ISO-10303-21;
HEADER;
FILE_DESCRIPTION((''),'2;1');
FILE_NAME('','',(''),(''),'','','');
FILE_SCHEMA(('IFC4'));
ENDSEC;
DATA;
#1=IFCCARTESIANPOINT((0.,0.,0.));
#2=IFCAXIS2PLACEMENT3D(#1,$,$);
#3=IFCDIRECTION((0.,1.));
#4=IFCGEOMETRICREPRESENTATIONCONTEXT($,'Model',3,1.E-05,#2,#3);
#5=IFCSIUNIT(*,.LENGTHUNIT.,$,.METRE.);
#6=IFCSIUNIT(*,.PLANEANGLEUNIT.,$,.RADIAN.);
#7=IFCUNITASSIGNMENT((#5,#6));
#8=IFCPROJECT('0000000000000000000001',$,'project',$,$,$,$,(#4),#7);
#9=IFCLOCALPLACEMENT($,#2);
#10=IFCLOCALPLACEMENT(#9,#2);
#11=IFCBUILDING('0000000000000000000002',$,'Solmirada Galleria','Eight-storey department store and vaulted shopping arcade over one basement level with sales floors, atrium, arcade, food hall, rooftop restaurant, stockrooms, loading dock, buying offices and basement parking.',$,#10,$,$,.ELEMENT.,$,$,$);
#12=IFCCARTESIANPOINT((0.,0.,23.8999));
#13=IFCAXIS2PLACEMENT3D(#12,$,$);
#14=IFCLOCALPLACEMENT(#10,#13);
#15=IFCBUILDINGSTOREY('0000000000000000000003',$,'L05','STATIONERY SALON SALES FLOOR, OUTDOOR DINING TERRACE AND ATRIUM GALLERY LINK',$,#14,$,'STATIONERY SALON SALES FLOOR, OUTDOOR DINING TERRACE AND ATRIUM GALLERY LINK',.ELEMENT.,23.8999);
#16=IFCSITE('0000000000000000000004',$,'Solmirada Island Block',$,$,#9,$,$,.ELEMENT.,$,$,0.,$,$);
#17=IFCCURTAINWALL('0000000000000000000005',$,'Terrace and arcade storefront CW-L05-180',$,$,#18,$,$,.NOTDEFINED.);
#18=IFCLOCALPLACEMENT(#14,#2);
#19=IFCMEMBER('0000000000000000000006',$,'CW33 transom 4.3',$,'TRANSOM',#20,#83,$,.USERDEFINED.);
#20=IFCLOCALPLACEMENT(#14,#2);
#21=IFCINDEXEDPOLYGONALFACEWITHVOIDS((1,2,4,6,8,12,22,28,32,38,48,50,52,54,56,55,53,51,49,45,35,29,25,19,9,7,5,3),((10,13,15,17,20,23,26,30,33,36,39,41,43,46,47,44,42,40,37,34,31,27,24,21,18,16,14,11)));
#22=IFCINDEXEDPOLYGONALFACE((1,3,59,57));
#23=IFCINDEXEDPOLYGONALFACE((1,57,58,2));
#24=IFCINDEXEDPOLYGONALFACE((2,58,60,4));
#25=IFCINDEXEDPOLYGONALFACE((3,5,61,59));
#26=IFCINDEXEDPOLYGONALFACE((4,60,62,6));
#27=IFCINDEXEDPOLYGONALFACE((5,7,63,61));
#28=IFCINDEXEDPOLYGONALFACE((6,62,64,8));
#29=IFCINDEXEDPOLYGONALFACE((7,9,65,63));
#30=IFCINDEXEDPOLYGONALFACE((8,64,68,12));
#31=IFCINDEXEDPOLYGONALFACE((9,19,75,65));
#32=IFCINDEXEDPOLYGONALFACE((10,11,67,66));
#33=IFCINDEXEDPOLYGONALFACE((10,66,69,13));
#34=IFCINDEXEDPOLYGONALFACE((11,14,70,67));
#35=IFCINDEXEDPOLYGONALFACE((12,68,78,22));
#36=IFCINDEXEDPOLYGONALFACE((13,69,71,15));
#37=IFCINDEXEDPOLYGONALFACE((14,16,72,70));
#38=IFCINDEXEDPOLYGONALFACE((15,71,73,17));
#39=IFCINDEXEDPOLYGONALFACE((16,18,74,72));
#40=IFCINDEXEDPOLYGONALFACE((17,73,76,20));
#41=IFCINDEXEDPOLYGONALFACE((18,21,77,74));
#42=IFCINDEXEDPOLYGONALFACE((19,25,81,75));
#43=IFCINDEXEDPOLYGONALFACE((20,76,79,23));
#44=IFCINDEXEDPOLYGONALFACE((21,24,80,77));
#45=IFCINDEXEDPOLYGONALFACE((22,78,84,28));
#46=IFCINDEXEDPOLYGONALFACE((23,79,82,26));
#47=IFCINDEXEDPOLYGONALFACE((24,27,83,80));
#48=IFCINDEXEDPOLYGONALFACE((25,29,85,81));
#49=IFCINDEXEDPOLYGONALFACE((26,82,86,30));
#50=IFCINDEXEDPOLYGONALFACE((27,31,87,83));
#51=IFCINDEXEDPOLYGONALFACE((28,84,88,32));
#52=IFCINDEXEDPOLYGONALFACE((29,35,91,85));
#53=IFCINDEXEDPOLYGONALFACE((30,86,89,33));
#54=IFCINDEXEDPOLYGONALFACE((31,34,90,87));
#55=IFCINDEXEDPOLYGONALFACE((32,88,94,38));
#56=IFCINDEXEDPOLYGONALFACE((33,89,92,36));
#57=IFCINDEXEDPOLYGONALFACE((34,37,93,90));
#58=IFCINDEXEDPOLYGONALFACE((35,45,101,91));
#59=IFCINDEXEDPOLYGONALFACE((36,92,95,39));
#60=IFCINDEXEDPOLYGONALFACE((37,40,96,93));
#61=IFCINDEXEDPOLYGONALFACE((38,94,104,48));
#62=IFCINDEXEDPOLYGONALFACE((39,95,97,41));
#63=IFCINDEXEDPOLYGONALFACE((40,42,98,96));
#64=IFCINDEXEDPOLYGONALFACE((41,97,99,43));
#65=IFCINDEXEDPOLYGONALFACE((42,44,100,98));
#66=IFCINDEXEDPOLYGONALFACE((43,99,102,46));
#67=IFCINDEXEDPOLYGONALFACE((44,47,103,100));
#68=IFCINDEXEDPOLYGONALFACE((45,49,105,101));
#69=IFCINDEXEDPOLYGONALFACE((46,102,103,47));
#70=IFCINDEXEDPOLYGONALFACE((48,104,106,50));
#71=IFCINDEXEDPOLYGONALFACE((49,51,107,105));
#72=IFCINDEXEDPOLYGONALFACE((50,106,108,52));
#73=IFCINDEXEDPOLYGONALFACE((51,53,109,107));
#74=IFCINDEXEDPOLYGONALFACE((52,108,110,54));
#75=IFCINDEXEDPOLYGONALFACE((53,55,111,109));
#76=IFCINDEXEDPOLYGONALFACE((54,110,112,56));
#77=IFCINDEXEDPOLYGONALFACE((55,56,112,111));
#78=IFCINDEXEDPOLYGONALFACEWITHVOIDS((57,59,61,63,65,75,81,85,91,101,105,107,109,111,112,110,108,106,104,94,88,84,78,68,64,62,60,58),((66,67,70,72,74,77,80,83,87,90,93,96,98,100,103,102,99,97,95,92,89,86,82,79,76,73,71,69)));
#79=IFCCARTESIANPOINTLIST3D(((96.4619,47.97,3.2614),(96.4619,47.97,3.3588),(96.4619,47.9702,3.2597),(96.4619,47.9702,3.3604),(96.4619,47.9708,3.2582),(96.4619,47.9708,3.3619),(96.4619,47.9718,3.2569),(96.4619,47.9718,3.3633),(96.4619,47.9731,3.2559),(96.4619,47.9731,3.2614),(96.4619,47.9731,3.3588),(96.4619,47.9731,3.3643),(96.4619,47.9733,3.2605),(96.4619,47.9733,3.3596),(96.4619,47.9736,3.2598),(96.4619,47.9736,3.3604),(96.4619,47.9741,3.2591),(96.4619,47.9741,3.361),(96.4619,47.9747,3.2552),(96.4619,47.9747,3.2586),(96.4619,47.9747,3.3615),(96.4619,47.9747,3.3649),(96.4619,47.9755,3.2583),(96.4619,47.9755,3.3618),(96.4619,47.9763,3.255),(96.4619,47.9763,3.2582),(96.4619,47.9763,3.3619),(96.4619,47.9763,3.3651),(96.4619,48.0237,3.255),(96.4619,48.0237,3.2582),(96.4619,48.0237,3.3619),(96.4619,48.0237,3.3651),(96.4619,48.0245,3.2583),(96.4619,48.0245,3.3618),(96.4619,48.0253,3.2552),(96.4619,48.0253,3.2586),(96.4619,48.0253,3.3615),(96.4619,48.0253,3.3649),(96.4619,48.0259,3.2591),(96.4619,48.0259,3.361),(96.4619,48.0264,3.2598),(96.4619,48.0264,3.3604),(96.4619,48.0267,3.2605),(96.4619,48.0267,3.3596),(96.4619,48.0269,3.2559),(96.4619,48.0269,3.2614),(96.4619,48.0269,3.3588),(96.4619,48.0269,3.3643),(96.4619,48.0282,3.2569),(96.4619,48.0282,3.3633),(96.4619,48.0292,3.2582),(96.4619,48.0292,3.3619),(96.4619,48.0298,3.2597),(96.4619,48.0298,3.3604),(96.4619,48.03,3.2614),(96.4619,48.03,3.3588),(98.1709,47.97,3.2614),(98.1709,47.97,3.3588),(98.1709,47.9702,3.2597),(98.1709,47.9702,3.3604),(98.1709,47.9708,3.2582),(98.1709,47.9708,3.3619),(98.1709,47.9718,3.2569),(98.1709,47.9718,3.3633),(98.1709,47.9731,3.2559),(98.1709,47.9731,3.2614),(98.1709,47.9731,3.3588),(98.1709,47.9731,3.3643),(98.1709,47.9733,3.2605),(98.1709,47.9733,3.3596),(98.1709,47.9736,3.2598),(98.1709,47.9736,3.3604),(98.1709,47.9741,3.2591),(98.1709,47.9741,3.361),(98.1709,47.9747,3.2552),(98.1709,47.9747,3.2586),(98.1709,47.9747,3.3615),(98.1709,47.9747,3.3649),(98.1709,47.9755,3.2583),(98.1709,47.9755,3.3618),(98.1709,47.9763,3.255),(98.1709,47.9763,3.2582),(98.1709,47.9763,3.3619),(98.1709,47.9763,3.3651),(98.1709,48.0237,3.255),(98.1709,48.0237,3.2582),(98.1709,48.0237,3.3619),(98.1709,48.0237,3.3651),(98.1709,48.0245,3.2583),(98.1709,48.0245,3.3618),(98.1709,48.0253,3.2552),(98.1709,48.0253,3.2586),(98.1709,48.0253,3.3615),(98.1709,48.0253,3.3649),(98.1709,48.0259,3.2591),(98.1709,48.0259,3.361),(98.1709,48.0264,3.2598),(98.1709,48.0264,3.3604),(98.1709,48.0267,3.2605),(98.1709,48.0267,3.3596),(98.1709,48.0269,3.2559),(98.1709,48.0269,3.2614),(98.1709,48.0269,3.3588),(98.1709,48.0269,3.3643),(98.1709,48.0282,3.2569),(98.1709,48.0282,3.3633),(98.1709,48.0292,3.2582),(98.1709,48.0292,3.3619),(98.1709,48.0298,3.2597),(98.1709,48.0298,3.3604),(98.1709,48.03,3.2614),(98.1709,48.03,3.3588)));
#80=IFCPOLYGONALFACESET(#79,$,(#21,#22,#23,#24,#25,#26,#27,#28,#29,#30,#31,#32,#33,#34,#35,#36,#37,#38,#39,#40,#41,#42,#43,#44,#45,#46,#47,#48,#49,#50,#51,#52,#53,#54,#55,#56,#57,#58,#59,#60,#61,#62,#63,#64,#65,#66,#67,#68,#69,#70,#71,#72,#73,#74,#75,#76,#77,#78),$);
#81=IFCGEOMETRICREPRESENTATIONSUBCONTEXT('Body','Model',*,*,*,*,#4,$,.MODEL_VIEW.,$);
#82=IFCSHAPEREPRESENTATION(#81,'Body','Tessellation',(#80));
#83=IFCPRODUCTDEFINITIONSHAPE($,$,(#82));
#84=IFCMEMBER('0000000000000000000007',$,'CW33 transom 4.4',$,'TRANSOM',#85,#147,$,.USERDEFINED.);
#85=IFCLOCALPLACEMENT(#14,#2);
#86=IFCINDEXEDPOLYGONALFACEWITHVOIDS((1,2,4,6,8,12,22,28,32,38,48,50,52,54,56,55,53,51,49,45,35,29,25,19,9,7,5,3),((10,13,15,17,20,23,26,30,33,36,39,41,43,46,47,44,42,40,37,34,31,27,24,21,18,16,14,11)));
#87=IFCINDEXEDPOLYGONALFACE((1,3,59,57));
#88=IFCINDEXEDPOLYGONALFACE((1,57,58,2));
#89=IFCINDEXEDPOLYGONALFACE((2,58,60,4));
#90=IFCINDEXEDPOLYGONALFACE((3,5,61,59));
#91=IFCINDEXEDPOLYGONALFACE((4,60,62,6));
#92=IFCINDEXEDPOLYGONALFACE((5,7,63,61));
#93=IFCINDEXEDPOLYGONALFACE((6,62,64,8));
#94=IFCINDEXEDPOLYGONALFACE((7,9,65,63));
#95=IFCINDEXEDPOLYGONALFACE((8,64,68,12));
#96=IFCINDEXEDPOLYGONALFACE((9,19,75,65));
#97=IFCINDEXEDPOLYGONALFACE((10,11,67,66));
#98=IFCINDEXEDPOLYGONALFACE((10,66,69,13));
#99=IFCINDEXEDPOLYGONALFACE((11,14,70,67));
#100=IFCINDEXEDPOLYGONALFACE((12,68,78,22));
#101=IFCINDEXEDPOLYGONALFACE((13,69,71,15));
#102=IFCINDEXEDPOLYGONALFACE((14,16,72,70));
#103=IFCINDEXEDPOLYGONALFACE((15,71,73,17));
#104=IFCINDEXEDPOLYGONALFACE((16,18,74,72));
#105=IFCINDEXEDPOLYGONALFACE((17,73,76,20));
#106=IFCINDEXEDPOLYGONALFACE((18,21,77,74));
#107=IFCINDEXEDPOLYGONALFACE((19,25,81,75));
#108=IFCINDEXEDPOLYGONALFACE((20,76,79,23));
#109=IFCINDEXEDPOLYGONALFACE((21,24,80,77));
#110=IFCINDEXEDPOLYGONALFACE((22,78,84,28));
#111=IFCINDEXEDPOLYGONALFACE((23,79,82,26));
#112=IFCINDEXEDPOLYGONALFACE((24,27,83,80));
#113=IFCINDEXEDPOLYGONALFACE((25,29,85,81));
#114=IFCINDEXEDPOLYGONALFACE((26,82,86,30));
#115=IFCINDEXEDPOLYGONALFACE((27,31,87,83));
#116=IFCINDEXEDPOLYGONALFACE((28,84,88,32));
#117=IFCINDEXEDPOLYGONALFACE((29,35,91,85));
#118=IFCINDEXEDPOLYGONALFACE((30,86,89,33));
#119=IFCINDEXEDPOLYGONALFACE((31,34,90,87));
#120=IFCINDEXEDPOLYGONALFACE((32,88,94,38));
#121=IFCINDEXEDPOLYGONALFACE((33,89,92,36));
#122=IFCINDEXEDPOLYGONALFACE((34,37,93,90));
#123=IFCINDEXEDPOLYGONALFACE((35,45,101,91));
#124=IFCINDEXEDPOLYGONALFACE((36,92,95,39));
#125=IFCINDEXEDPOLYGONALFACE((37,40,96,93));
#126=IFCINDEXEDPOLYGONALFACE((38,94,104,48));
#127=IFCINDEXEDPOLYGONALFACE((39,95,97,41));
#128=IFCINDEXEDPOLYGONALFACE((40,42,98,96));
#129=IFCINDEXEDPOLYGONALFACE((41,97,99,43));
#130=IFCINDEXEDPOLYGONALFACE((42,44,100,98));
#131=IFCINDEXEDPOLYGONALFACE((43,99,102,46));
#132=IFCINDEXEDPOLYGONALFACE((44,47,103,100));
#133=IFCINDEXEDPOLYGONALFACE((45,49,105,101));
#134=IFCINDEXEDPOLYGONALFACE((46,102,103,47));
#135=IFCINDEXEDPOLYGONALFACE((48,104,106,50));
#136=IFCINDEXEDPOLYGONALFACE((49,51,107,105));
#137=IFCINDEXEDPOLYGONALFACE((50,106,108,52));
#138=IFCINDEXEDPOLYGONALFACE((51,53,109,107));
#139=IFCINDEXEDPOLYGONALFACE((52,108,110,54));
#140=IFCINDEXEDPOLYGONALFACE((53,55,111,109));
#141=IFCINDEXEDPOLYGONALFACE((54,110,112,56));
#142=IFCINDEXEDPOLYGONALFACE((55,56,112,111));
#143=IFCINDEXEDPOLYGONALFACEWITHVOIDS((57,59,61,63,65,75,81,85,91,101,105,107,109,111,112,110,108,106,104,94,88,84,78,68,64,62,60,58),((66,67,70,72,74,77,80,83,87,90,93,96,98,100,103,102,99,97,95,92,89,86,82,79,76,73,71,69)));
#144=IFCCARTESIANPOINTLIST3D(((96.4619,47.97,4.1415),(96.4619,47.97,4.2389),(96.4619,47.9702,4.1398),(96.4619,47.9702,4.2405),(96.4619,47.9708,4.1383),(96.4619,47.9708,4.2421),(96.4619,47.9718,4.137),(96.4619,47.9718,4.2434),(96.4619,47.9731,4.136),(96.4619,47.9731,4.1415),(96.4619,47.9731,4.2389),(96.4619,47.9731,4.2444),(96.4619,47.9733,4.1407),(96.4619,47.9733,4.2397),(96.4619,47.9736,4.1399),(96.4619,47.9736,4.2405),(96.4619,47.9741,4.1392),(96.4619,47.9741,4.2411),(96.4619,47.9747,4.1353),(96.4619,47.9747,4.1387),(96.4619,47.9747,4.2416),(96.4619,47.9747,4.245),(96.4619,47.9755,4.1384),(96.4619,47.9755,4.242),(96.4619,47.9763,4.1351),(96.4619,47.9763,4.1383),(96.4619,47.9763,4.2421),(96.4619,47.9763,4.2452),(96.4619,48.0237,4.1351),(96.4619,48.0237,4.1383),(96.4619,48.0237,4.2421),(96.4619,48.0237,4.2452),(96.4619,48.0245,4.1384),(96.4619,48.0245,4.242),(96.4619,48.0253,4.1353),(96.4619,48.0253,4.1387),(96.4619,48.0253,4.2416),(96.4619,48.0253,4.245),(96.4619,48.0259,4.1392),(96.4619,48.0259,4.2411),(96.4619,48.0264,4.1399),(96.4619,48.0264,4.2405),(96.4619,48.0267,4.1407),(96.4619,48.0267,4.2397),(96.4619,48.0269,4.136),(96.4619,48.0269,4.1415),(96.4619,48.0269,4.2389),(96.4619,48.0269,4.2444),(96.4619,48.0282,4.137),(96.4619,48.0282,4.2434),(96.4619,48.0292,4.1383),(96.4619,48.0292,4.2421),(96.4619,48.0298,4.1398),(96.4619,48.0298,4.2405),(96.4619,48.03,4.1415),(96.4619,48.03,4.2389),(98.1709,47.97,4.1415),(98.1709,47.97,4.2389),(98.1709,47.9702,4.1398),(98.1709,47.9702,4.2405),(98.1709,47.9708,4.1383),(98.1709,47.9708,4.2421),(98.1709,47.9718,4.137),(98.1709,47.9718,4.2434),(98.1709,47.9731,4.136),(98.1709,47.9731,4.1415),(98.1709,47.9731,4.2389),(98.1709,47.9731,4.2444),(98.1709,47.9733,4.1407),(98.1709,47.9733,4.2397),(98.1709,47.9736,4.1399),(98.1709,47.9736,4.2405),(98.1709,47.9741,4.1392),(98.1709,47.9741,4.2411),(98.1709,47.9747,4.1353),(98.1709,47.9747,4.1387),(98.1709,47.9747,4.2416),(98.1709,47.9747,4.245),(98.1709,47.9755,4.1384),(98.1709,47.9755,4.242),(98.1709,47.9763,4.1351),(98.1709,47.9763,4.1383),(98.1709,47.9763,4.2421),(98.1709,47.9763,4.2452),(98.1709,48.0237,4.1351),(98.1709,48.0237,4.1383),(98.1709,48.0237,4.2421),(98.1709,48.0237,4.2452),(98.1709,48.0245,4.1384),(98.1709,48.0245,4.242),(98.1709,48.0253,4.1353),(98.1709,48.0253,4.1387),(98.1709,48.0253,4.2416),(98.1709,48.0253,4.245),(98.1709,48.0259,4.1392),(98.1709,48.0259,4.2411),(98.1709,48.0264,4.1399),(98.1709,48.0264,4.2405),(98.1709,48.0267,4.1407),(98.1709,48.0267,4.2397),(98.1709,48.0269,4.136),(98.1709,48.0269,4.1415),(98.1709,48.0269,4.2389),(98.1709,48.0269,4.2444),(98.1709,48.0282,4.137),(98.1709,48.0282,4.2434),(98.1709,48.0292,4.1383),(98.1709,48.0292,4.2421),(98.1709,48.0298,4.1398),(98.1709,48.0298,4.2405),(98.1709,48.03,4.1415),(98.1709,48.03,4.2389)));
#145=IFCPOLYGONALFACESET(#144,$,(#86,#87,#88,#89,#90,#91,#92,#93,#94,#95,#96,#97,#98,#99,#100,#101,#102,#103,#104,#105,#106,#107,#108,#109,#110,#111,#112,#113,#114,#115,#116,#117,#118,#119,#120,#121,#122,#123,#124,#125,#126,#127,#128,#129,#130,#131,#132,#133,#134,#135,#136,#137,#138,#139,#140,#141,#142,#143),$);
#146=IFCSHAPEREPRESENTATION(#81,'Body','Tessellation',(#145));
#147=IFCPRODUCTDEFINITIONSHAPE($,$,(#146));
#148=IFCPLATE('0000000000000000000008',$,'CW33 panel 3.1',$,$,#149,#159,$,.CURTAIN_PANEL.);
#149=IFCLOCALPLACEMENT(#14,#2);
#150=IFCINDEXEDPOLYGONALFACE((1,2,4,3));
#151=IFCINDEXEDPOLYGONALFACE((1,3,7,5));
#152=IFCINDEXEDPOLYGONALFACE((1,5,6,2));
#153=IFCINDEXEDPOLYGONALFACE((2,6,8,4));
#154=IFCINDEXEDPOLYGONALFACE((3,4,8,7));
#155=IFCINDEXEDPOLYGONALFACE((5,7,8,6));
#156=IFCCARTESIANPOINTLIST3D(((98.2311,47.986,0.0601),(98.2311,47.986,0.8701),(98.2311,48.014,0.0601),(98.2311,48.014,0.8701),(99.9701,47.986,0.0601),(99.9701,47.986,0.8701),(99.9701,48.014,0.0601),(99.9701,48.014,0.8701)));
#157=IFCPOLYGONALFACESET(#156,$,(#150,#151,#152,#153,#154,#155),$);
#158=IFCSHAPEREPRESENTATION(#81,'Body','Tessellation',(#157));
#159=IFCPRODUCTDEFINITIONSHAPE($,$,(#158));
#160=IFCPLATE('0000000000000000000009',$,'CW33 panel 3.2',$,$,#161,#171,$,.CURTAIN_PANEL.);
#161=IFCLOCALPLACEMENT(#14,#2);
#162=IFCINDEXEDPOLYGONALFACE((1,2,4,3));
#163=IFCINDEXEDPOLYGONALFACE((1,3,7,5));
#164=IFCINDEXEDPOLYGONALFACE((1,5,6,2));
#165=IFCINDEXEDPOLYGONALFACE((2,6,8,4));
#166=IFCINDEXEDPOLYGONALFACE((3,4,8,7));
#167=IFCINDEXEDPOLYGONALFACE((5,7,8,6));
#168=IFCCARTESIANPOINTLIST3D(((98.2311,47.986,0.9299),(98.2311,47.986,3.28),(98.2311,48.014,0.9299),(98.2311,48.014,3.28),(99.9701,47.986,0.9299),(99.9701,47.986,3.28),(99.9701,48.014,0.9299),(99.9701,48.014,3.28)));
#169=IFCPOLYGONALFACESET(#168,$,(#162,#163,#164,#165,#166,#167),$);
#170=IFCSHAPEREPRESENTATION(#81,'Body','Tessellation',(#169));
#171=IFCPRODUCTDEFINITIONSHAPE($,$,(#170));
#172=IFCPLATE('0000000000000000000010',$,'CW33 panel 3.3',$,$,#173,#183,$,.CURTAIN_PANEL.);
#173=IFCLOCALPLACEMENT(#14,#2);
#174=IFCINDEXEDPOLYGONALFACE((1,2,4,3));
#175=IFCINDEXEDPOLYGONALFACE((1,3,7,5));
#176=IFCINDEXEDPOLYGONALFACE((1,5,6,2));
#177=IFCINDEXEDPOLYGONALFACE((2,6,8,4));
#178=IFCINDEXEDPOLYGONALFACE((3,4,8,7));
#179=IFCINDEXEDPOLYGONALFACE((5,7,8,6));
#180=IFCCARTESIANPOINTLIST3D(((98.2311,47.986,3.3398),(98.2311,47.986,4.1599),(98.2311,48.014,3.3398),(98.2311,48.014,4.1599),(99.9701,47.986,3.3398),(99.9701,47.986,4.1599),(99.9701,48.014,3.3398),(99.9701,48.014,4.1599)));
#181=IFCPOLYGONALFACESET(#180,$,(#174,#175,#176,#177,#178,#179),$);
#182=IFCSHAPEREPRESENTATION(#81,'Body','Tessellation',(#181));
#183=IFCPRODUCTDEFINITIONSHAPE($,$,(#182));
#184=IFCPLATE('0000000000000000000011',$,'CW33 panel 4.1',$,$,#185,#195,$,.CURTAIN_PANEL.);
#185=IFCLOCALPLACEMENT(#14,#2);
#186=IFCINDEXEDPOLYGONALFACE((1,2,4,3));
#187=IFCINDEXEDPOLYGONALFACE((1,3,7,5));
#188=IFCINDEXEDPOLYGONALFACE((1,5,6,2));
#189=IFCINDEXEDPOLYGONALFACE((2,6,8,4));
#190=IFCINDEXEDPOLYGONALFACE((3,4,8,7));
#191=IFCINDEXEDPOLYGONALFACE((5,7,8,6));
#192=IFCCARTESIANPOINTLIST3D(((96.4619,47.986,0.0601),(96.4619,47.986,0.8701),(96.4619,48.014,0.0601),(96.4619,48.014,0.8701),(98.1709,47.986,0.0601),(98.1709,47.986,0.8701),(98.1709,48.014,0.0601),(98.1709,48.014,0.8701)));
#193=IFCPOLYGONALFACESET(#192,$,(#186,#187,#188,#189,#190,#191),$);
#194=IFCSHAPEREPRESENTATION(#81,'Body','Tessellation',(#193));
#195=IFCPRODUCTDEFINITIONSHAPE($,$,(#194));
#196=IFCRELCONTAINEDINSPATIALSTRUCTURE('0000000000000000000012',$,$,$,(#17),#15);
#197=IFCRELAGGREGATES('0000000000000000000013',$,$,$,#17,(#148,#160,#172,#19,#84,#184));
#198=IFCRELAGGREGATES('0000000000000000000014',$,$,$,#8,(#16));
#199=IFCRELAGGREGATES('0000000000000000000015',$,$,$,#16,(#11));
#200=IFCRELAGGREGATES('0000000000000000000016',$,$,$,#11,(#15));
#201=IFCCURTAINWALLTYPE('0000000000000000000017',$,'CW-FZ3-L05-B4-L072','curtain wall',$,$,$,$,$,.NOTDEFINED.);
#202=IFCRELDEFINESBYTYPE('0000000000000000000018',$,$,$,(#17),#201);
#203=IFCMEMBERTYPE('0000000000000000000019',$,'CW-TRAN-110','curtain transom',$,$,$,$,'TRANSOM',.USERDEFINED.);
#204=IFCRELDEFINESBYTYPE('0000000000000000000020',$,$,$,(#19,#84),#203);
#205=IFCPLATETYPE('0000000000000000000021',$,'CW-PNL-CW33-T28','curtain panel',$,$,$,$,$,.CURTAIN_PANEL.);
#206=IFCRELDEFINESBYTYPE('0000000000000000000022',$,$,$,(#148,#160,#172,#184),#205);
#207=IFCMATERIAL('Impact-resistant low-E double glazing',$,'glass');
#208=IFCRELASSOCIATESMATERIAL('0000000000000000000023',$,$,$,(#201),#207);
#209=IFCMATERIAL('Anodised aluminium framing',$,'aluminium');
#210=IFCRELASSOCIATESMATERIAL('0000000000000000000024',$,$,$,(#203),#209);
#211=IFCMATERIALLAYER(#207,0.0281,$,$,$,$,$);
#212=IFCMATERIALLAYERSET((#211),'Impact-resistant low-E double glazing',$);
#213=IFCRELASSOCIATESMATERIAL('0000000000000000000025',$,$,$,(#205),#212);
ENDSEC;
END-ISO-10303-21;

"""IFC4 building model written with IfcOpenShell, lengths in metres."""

from ifc_helpers import new_model, si_unit, direction, frame, origin, origin_2d, place, context, subcontext, project, spatial, rectangle, hollow_rectangle, extrude, material, layer, layer_set, material_profile, profile_set, type_object, element, aggregate, save


model = new_model("IFC4")

# Units and contexts
model_context = context("Model", 3, precision=1e-05, world=origin(), true_north=direction((0.0, 1.0)))
body_context = subcontext(model_context, "Body", "Model", "MODEL_VIEW")
ifc_project = project(units=[si_unit("LENGTHUNIT", "METRE"), si_unit("PLANEANGLEUNIT", "RADIAN")], contexts=[model_context])

# Site, building, storey
site_placement = place(None, origin())
site = spatial("IfcSite", under=ifc_project, at=site_placement, Name="Solmirada Island Block", CompositionType="ELEMENT", RefElevation=0.0)
building_placement = place(site_placement, origin())
building = spatial("IfcBuilding", under=site, at=building_placement, Name="Solmirada Galleria", Description="Eight-storey department store and vaulted shopping arcade over one basement level with sales floors, atrium, arcade, food hall, rooftop restaurant, stockrooms, loading dock, buying offices and basement parking.", CompositionType="ELEMENT")
storey_placement = place(building_placement, frame((0.0, 0.0, 23.8999)))
storey = spatial("IfcBuildingStorey", under=building, at=storey_placement, Name="L05", Description="STATIONERY SALON SALES FLOOR, OUTDOOR DINING TERRACE AND ATRIUM GALLERY LINK", LongName="STATIONERY SALON SALES FLOOR, OUTDOOR DINING TERRACE AND ATRIUM GALLERY LINK", CompositionType="ELEMENT", Elevation=23.8999)

# Shared definitions
ifc_material_1 = material(Name="Impact-resistant low-E double glazing", Category="glass")
curtain_wall_type = type_object("IfcCurtainWallType", Name="CW-FZ3-L05-B4-L072", Description="curtain wall", PredefinedType="NOTDEFINED", material=ifc_material_1)
ifc_material_2 = material(Name="Anodised aluminium framing", Category="aluminium")

# Curtain wall, members, plates
curtain_wall_1_placement = place(storey_placement, origin())
curtain_wall_1 = element("IfcCurtainWall", 1, at=curtain_wall_1_placement, inside=storey, type_object=curtain_wall_type, Name="Terrace and arcade storefront CW-L05-180", PredefinedType="NOTDEFINED")
ifc_material_profile_1 = material_profile(ifc_material_2, hollow_rectangle(XDim=0.0601, YDim=0.1101, WallThickness=0.0032, InnerFilletRadius=0.0032, OuterFilletRadius=0.0063, at=origin_2d()), Name="ALU-TRAN-110X60")
ifc_profile_set_1 = profile_set([ifc_material_profile_1], Name="Anodised aluminium framing")
member_type_1 = type_object("IfcMemberType", Name="CW-TRAN-110", Description="curtain transom", ElementType="TRANSOM", PredefinedType="USERDEFINED", material=ifc_profile_set_1)
member_1_placement = place(storey_placement, frame((98.1709, 48.0, 3.3101), z_axis=(-1.0, 0.0, 0.0), x_axis=(0.0, -1.0, 0.0)))
member_1 = element("IfcMember", 2, at=member_1_placement, type_object=member_type_1, Name="CW33 transom 4.3", ObjectType="TRANSOM", PredefinedType="USERDEFINED", context=body_context, shape_type="SweptSolid", body=[
    extrude(hollow_rectangle(XDim=0.0601, YDim=0.1101, WallThickness=0.0032, InnerFilletRadius=0.0032, OuterFilletRadius=0.0063, at=origin_2d()), origin(), (0.0, 0.0, 1.0), 1.709),
])
member_2_placement = place(storey_placement, frame((98.1709, 48.0, 4.1902), z_axis=(-1.0, 0.0, 0.0), x_axis=(0.0, -1.0, 0.0)))
member_2 = element("IfcMember", 3, at=member_2_placement, type_object=member_type_1, Name="CW33 transom 4.4", ObjectType="TRANSOM", PredefinedType="USERDEFINED", context=body_context, shape_type="SweptSolid", body=[
    extrude(hollow_rectangle(XDim=0.0601, YDim=0.1101, WallThickness=0.0032, InnerFilletRadius=0.0032, OuterFilletRadius=0.0063, at=origin_2d()), origin(), (0.0, 0.0, 1.0), 1.709),
])
ifc_layer = layer(ifc_material_1, 0.0281)
ifc_layer_set = layer_set([ifc_layer], Name="Impact-resistant low-E double glazing")
plate_type = type_object("IfcPlateType", Name="CW-PNL-CW33-T28", Description="curtain panel", PredefinedType="CURTAIN_PANEL", material=ifc_layer_set)
plate_1_placement = place(storey_placement, frame((99.1006, 48.0, 0.0601), z_axis=(0.0, 0.0, 1.0), x_axis=(-1.0, 0.0, 0.0)))
plate_1 = element("IfcPlate", 4, at=plate_1_placement, type_object=plate_type, Name="CW33 panel 3.1", PredefinedType="CURTAIN_PANEL", context=body_context, shape_type="SweptSolid", body=[
    extrude(rectangle(XDim=1.739, YDim=0.0281, at=origin_2d()), origin(), (0.0, 0.0, 1.0), 0.8101),
])
plate_2_placement = place(storey_placement, frame((99.1006, 48.0, 0.9299), z_axis=(0.0, 0.0, 1.0), x_axis=(-1.0, 0.0, 0.0)))
plate_2 = element("IfcPlate", 5, at=plate_2_placement, type_object=plate_type, Name="CW33 panel 3.2", PredefinedType="CURTAIN_PANEL", context=body_context, shape_type="SweptSolid", body=[
    extrude(rectangle(XDim=1.739, YDim=0.0281, at=origin_2d()), origin(), (0.0, 0.0, 1.0), 2.3501),
])
plate_3_placement = place(storey_placement, frame((99.1006, 48.0, 3.3398), z_axis=(0.0, 0.0, 1.0), x_axis=(-1.0, 0.0, 0.0)))
plate_3 = element("IfcPlate", 6, at=plate_3_placement, type_object=plate_type, Name="CW33 panel 3.3", PredefinedType="CURTAIN_PANEL", context=body_context, shape_type="SweptSolid", body=[
    extrude(rectangle(XDim=1.739, YDim=0.0281, at=origin_2d()), origin(), (0.0, 0.0, 1.0), 0.8201),
])
plate_4_placement = place(storey_placement, frame((97.3164, 48.0, 0.0601), z_axis=(0.0, 0.0, 1.0), x_axis=(-1.0, 0.0, 0.0)))
plate_4 = element("IfcPlate", 7, at=plate_4_placement, type_object=plate_type, Name="CW33 panel 4.1", PredefinedType="CURTAIN_PANEL", context=body_context, shape_type="SweptSolid", body=[
    extrude(rectangle(XDim=1.709, YDim=0.0281, at=origin_2d()), origin(), (0.0, 0.0, 1.0), 0.8101),
])
aggregate(curtain_wall_1, [plate_1, plate_2, plate_3, member_1, member_2, plate_4])

save(model, "model.ifc")
